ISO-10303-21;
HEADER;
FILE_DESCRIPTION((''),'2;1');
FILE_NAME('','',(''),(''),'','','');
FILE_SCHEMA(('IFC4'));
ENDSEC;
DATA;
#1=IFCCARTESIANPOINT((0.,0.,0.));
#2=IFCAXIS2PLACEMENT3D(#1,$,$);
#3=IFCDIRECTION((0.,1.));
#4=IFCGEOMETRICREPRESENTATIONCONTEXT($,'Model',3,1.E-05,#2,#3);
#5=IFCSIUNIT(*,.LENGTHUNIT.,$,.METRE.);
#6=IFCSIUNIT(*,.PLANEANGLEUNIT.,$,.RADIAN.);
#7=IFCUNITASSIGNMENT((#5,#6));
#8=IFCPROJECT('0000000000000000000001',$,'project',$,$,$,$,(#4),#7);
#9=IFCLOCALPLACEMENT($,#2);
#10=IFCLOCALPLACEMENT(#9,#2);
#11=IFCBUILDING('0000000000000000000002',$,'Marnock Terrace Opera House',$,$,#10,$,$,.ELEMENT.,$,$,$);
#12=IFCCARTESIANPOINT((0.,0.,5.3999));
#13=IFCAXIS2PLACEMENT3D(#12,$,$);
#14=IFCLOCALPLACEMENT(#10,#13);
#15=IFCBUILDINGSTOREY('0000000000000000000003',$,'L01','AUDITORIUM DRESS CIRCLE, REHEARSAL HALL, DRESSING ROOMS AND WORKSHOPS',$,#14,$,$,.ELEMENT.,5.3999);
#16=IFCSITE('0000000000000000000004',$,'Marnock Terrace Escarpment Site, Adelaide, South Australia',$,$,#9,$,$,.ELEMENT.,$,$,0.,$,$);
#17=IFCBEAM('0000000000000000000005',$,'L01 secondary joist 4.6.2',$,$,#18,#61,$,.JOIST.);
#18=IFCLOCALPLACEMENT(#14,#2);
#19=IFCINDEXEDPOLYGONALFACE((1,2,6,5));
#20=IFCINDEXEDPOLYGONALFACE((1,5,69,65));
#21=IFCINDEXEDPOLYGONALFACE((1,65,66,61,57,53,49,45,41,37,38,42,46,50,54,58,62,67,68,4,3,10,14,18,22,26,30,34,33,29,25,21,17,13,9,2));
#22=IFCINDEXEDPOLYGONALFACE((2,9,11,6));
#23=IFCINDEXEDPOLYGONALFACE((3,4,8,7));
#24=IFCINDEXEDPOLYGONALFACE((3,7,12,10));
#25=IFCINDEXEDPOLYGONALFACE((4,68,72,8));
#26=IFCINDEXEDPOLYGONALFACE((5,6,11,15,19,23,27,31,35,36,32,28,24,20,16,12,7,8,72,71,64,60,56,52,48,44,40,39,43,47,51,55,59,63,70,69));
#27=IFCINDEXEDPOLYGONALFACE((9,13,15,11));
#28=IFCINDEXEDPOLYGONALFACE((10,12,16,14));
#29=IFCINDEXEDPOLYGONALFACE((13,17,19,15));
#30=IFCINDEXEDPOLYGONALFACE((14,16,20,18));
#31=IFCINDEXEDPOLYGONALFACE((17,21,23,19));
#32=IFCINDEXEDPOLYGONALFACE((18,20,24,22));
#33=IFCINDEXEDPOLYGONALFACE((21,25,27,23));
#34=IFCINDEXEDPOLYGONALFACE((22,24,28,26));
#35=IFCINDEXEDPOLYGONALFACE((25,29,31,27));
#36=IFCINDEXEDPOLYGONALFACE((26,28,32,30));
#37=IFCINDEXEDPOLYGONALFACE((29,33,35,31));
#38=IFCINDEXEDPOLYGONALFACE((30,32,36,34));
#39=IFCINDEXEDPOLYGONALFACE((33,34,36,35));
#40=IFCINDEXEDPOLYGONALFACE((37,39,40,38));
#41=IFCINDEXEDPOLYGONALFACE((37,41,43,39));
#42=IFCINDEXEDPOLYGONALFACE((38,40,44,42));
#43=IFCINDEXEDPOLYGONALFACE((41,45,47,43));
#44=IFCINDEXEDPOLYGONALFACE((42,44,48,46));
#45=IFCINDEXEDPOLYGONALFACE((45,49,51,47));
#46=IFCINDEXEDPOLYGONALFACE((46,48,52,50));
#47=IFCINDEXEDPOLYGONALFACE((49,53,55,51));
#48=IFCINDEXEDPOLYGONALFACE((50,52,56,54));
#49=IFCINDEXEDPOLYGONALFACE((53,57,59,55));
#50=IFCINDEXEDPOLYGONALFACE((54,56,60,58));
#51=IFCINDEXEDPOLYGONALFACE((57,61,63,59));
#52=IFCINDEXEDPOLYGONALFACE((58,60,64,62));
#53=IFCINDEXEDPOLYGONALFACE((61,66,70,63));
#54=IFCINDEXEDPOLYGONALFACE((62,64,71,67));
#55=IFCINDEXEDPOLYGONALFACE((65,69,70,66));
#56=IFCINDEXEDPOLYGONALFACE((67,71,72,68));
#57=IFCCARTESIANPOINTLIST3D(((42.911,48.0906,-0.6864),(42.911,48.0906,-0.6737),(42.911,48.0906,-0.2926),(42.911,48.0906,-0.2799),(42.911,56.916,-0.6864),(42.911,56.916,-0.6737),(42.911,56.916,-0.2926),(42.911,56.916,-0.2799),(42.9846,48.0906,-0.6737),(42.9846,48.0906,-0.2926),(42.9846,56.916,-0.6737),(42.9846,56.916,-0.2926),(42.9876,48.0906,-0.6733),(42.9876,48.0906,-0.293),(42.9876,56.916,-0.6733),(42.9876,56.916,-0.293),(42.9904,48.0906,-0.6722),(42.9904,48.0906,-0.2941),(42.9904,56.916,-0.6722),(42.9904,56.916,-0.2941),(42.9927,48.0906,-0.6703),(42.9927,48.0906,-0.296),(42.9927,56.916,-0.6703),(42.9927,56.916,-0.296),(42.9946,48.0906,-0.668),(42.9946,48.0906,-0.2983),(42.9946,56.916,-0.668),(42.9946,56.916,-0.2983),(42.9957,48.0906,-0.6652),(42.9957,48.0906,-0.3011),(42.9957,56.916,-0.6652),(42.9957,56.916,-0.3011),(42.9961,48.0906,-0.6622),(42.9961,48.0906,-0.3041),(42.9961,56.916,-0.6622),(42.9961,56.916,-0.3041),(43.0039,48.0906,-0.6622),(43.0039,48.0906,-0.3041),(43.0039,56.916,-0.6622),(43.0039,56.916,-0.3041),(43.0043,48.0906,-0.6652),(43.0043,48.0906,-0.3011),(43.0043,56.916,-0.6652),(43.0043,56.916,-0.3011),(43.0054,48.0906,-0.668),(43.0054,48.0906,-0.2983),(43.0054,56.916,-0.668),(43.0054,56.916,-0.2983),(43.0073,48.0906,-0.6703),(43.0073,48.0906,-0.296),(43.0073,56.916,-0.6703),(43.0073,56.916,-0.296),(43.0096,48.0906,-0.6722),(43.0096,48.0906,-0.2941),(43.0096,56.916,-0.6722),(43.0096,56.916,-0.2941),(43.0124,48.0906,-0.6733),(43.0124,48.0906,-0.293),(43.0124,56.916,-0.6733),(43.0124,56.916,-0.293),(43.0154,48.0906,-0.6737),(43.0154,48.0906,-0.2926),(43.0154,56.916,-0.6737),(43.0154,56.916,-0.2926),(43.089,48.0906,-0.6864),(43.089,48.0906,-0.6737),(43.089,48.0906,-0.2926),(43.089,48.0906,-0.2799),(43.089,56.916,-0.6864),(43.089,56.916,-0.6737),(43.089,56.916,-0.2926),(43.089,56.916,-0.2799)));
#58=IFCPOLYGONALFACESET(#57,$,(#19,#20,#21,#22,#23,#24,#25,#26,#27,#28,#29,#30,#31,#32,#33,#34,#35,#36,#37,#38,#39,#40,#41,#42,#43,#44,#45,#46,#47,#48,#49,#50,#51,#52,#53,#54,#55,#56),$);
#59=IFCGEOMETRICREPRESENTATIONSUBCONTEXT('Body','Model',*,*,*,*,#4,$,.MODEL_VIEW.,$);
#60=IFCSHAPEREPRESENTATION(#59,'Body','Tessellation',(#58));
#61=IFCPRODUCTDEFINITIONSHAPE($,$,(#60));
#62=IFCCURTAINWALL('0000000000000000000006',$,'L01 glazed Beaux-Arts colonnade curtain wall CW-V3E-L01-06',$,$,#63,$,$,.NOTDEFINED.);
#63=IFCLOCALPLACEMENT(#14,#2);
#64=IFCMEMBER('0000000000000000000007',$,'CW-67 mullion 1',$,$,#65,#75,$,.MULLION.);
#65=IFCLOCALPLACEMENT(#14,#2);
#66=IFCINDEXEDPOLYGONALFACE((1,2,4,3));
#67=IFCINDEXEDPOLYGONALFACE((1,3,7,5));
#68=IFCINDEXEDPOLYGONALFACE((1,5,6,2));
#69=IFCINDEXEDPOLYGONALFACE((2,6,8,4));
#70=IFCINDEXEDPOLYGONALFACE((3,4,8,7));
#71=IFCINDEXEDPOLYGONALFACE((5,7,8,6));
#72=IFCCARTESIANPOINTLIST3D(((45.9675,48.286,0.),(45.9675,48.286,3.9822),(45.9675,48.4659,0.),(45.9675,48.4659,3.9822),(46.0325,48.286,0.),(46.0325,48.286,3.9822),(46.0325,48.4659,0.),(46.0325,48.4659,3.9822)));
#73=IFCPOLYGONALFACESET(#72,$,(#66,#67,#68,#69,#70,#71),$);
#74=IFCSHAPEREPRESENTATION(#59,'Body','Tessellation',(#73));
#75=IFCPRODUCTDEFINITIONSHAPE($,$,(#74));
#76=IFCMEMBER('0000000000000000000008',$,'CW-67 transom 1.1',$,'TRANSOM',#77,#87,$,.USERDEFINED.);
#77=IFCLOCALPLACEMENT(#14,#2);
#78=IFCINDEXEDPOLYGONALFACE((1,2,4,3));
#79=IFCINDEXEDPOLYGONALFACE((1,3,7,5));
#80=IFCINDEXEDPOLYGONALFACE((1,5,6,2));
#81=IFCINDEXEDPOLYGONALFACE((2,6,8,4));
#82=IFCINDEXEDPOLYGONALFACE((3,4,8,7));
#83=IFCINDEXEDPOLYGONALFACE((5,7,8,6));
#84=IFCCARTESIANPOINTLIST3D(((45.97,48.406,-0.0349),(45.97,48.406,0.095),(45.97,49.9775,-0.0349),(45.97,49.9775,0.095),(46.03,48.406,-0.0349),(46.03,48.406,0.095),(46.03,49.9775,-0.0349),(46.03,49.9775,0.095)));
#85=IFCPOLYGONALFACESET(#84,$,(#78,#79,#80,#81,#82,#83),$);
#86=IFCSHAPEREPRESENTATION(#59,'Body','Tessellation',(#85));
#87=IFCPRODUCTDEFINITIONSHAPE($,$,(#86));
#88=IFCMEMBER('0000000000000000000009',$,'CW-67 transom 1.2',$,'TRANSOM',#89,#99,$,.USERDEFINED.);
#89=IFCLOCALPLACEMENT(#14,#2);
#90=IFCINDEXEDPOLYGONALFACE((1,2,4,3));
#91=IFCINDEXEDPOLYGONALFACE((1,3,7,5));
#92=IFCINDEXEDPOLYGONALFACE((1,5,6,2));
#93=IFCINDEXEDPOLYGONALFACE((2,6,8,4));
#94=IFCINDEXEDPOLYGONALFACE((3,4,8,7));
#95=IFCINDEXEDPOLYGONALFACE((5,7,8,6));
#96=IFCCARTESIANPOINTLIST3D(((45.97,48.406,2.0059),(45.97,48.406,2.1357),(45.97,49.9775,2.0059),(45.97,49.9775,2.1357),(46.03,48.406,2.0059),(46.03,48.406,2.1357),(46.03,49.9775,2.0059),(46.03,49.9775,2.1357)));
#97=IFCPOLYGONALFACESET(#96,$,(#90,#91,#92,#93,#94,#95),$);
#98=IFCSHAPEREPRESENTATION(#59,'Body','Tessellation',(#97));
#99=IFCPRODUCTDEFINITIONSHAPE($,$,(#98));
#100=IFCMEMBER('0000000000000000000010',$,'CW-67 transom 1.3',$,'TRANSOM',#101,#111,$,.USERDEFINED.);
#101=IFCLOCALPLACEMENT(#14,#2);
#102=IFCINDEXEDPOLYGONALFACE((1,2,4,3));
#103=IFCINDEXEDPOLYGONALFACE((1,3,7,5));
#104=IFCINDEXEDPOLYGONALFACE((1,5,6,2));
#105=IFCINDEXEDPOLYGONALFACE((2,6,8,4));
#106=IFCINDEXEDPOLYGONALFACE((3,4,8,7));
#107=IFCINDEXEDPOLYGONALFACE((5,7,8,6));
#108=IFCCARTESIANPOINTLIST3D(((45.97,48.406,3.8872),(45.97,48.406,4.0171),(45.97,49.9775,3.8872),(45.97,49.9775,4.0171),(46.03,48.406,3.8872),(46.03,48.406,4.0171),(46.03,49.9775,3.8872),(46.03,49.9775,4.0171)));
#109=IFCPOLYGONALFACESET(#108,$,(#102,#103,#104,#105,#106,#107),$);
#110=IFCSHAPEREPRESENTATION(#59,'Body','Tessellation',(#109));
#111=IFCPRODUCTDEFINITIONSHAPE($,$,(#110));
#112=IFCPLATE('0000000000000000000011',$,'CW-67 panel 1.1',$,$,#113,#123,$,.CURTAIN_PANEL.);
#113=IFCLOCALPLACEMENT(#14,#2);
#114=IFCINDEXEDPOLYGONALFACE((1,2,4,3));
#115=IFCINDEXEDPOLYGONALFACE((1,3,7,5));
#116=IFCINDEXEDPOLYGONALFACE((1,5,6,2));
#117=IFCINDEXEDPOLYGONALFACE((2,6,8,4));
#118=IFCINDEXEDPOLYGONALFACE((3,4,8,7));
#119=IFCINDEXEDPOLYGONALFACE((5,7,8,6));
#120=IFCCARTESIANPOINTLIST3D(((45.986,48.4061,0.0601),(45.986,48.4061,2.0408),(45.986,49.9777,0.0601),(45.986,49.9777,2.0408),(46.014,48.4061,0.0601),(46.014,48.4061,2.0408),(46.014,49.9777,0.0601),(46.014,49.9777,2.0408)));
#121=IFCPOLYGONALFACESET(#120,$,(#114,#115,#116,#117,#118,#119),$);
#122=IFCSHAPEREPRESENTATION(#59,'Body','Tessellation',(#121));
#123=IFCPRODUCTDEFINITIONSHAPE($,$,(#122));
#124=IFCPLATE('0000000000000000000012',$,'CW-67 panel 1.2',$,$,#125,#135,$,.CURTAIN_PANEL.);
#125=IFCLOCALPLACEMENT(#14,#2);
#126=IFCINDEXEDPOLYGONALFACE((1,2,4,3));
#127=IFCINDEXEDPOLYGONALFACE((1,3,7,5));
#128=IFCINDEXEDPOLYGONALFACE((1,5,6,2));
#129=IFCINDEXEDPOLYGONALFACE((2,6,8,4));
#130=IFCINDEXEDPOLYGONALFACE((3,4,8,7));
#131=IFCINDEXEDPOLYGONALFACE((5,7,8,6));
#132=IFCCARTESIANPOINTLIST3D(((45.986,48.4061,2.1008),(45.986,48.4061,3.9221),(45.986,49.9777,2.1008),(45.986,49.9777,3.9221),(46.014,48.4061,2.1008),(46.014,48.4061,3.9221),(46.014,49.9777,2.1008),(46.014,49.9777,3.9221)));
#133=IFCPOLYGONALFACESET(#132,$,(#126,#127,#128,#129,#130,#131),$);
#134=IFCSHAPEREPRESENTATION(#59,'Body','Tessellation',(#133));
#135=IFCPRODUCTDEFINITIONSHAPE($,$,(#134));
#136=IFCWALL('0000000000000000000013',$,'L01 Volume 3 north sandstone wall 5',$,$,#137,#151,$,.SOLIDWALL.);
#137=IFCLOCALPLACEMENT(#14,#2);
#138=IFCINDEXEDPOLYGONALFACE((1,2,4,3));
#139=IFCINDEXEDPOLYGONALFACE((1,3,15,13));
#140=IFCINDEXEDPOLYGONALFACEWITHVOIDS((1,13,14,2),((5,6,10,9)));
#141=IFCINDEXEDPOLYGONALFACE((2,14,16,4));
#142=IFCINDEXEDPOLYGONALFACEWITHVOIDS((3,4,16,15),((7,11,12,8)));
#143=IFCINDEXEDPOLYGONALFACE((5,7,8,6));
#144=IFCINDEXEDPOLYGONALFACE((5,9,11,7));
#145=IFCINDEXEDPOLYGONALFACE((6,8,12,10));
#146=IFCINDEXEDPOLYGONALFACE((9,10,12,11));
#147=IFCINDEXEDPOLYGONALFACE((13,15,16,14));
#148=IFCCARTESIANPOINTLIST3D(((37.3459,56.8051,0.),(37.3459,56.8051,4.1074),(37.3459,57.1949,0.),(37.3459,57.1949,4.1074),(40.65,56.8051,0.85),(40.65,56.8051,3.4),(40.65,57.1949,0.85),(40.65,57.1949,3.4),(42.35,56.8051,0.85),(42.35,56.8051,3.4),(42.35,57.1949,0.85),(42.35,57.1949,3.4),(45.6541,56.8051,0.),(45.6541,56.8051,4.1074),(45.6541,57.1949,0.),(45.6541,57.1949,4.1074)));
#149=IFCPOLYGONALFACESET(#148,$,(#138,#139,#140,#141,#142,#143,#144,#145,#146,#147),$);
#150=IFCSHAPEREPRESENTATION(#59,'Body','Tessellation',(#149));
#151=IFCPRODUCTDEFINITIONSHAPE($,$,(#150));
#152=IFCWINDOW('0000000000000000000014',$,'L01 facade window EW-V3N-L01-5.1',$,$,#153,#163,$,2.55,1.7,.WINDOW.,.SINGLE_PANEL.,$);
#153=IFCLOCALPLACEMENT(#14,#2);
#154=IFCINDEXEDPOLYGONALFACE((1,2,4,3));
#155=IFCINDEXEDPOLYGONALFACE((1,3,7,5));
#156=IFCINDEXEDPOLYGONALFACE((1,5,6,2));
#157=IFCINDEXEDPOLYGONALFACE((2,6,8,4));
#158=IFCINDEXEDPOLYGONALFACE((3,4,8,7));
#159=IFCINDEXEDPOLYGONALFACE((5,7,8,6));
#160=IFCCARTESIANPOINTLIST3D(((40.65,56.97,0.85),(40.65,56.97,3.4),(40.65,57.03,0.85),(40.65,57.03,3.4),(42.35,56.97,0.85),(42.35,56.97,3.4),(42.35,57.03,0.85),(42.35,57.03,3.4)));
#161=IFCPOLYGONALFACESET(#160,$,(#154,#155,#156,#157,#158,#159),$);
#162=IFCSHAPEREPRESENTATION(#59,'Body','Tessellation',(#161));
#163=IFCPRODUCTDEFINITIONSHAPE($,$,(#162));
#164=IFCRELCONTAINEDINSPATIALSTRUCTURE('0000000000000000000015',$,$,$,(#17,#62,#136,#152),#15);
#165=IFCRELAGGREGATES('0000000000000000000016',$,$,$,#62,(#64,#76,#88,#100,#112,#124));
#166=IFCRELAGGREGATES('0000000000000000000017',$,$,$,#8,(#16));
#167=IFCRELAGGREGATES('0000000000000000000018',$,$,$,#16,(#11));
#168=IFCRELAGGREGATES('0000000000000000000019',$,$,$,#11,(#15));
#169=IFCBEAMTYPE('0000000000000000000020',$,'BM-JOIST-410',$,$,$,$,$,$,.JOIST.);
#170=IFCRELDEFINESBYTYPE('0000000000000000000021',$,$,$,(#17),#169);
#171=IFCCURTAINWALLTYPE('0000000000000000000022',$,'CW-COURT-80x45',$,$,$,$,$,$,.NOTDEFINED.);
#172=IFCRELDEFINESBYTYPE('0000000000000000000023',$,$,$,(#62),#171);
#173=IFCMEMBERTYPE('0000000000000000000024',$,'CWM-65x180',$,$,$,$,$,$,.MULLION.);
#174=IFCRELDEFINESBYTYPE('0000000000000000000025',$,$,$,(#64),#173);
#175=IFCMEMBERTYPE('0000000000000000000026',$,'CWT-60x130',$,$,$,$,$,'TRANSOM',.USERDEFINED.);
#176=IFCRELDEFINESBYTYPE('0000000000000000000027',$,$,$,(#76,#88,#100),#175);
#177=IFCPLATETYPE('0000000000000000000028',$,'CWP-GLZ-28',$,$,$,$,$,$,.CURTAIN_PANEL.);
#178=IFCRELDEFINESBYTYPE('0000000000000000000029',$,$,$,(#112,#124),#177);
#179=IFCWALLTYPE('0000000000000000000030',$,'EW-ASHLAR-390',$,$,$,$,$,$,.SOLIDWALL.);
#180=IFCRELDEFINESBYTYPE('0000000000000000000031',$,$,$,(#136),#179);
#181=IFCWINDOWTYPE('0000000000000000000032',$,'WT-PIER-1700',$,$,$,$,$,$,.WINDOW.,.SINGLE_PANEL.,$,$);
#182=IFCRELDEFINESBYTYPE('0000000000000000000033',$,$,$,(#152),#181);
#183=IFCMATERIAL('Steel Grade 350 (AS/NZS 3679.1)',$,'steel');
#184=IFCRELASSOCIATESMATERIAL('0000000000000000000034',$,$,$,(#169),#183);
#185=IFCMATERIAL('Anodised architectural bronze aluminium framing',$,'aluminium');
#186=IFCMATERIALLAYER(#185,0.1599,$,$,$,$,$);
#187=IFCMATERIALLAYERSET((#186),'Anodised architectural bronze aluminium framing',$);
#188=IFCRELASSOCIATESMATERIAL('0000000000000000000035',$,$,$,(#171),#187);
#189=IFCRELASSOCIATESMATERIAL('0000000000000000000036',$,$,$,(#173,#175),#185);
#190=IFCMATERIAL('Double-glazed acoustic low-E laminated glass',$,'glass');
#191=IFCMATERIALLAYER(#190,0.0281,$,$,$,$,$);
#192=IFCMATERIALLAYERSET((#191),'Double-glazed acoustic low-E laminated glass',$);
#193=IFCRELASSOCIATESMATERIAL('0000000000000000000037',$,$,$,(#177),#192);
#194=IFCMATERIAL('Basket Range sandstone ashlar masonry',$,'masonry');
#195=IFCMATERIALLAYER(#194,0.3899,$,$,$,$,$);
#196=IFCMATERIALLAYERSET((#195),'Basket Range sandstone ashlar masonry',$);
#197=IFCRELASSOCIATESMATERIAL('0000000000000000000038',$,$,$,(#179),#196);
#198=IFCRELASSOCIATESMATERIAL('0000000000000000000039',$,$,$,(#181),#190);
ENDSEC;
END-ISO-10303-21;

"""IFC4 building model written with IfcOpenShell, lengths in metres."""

from ifc_helpers import new_model, si_unit, direction, frame, frame_2d, origin, origin_2d, place, context, subcontext, project, spatial, rectangle, i_section, extrude, material, layer, layer_set, material_profile, profile_set, type_object, element, fill, aggregate, save


model = new_model("IFC4")

# Units and contexts
model_context = context("Model", 3, precision=1e-05, world=origin(), true_north=direction((0.0, 1.0)))
body_context = subcontext(model_context, "Body", "Model", "MODEL_VIEW")
ifc_project = project(units=[si_unit("LENGTHUNIT", "METRE"), si_unit("PLANEANGLEUNIT", "RADIAN")], contexts=[model_context])

# Site, building, storey
site_placement = place(None, origin())
site = spatial("IfcSite", under=ifc_project, at=site_placement, Name="Marnock Terrace Escarpment Site, Adelaide, South Australia", CompositionType="ELEMENT", RefElevation=0.0)
building_placement = place(site_placement, origin())
building = spatial("IfcBuilding", under=site, at=building_placement, Name="Marnock Terrace Opera House", CompositionType="ELEMENT")
storey_placement = place(building_placement, frame((0.0, 0.0, 5.3999)))
storey = spatial("IfcBuildingStorey", under=building, at=storey_placement, Name="L01", Description="AUDITORIUM DRESS CIRCLE, REHEARSAL HALL, DRESSING ROOMS AND WORKSHOPS", CompositionType="ELEMENT", Elevation=5.3999)

# Beam
ifc_material_1 = material(Name="Steel Grade 350 (AS/NZS 3679.1)", Category="steel")
ifc_material_profile_1 = material_profile(ifc_material_1, i_section(OverallWidth=0.178, OverallDepth=0.4065, WebThickness=0.0078, FlangeThickness=0.0127, FilletRadius=0.0115, at=origin_2d()))
ifc_profile_set_1 = profile_set([ifc_material_profile_1], Name="Steel Grade 350 (AS/NZS 3679.1)")
beam_type_1 = type_object("IfcBeamType", Name="BM-JOIST-410", PredefinedType="JOIST", material=ifc_profile_set_1)
for number, where, z_axis, x_axis, name in (
    (1, (43.0, 48.0906, -0.4832), (0.0, 1.0, 0.0), (-1.0, 0.0, 0.0), "L01 secondary joist 4.6.2"),
):
    element("IfcBeam", number, at=place(storey_placement, frame(where, z_axis=z_axis, x_axis=x_axis)), inside=storey, type_object=beam_type_1, Name=name, PredefinedType="JOIST", context=body_context, shape_type="SweptSolid", body=[
        extrude(i_section(OverallWidth=0.178, OverallDepth=0.4065, WebThickness=0.0078, FlangeThickness=0.0127, FilletRadius=0.0115, at=origin_2d()), origin(), (0.0, 0.0, 1.0), 8.8254),
    ])

# Curtain wall, members, plates
ifc_material_2 = material(Name="Anodised architectural bronze aluminium framing", Category="aluminium")
ifc_layer_1 = layer(ifc_material_2, 0.1599)
ifc_layer_set_1 = layer_set([ifc_layer_1], Name="Anodised architectural bronze aluminium framing")
curtain_wall_type = type_object("IfcCurtainWallType", Name="CW-COURT-80x45", PredefinedType="NOTDEFINED", material=ifc_layer_set_1)
curtain_wall_placement = place(storey_placement, origin())
curtain_wall = element("IfcCurtainWall", 2, at=curtain_wall_placement, inside=storey, type_object=curtain_wall_type, Name="L01 glazed Beaux-Arts colonnade curtain wall CW-V3E-L01-06", PredefinedType="NOTDEFINED")
ifc_material_profile_2 = material_profile(ifc_material_2, rectangle(XDim=0.0649, YDim=0.1799, at=origin_2d()))
ifc_profile_set_2 = profile_set([ifc_material_profile_2], Name="Anodised architectural bronze aluminium framing")
member_type_1 = type_object("IfcMemberType", Name="CWM-65x180", PredefinedType="MULLION", material=ifc_profile_set_2)
member_1_placement = place(storey_placement, frame((46.0, 48.376, 0.0), z_axis=(0.0, 0.0, 1.0), x_axis=(-1.0, 0.0, 0.0)))
member_1 = element("IfcMember", 3, at=member_1_placement, type_object=member_type_1, Name="CW-67 mullion 1", PredefinedType="MULLION", context=body_context, shape_type="SweptSolid", body=[
    extrude(rectangle(XDim=0.0649, YDim=0.1799, at=origin_2d()), origin(), (0.0, 0.0, 1.0), 3.9822),
])
ifc_material_profile_3 = material_profile(ifc_material_2, rectangle(XDim=0.0601, YDim=0.1299, at=origin_2d()))
ifc_profile_set_3 = profile_set([ifc_material_profile_3], Name="Anodised architectural bronze aluminium framing")
member_type_2 = type_object("IfcMemberType", Name="CWT-60x130", ElementType="TRANSOM", PredefinedType="USERDEFINED", material=ifc_profile_set_3)
member_2_placement = place(storey_placement, frame((46.0, 48.406, 0.03), z_axis=(0.0, 1.0, 0.0), x_axis=(-1.0, 0.0, 0.0)))
member_2 = element("IfcMember", 4, at=member_2_placement, type_object=member_type_2, Name="CW-67 transom 1.1", ObjectType="TRANSOM", PredefinedType="USERDEFINED", context=body_context, shape_type="SweptSolid", body=[
    extrude(rectangle(XDim=0.0601, YDim=0.1299, at=origin_2d()), origin(), (0.0, 0.0, 1.0), 1.5715),
])
member_3_placement = place(storey_placement, frame((46.0, 48.406, 2.0708), z_axis=(0.0, 1.0, 0.0), x_axis=(-1.0, 0.0, 0.0)))
member_3 = element("IfcMember", 5, at=member_3_placement, type_object=member_type_2, Name="CW-67 transom 1.2", ObjectType="TRANSOM", PredefinedType="USERDEFINED", context=body_context, shape_type="SweptSolid", body=[
    extrude(rectangle(XDim=0.0601, YDim=0.1299, at=origin_2d()), origin(), (0.0, 0.0, 1.0), 1.5715),
])
member_4_placement = place(storey_placement, frame((46.0, 48.406, 3.9521), z_axis=(0.0, 1.0, 0.0), x_axis=(-1.0, 0.0, 0.0)))
member_4 = element("IfcMember", 6, at=member_4_placement, type_object=member_type_2, Name="CW-67 transom 1.3", ObjectType="TRANSOM", PredefinedType="USERDEFINED", context=body_context, shape_type="SweptSolid", body=[
    extrude(rectangle(XDim=0.0601, YDim=0.1299, at=origin_2d()), origin(), (0.0, 0.0, 1.0), 1.5715),
])
ifc_material_3 = material(Name="Double-glazed acoustic low-E laminated glass", Category="glass")
ifc_layer_2 = layer(ifc_material_3, 0.0281)
ifc_layer_set_2 = layer_set([ifc_layer_2], Name="Double-glazed acoustic low-E laminated glass")
plate_type = type_object("IfcPlateType", Name="CWP-GLZ-28", PredefinedType="CURTAIN_PANEL", material=ifc_layer_set_2)
plate_1_placement = place(storey_placement, frame((46.0, 49.1919, 0.0601), z_axis=(0.0, 0.0, 1.0), x_axis=(0.0, 1.0, 0.0)))
plate_1 = element("IfcPlate", 7, at=plate_1_placement, type_object=plate_type, Name="CW-67 panel 1.1", PredefinedType="CURTAIN_PANEL", context=body_context, shape_type="SweptSolid", body=[
    extrude(rectangle(XDim=1.5715, YDim=0.0281, at=origin_2d()), origin(), (0.0, 0.0, 1.0), 1.9807),
])
plate_2_placement = place(storey_placement, frame((46.0, 49.1919, 2.1008), z_axis=(0.0, 0.0, 1.0), x_axis=(0.0, 1.0, 0.0)))
plate_2 = element("IfcPlate", 8, at=plate_2_placement, type_object=plate_type, Name="CW-67 panel 1.2", PredefinedType="CURTAIN_PANEL", context=body_context, shape_type="SweptSolid", body=[
    extrude(rectangle(XDim=1.5715, YDim=0.0281, at=origin_2d()), origin(), (0.0, 0.0, 1.0), 1.8213),
])
aggregate(curtain_wall, [member_1, member_2, member_3, member_4, plate_1, plate_2])

# Wall, opening, window
ifc_material_4 = material(Name="Basket Range sandstone ashlar masonry", Category="masonry")
ifc_layer_3 = layer(ifc_material_4, 0.3899)
ifc_layer_set_3 = layer_set([ifc_layer_3], Name="Basket Range sandstone ashlar masonry")
wall_type = type_object("IfcWallType", Name="EW-ASHLAR-390", PredefinedType="SOLIDWALL", material=ifc_layer_set_3)
wall_placement = place(storey_placement, frame((37.3459, 57.0, 0.0), z_axis=(0.0, 0.0, 1.0), x_axis=(1.0, 0.0, 0.0)))
wall = element("IfcWall", 9, at=wall_placement, inside=storey, type_object=wall_type, Name="L01 Volume 3 north sandstone wall 5", PredefinedType="SOLIDWALL", context=body_context, shape_type="SweptSolid", body=[
    extrude(rectangle(XDim=8.3081, YDim=0.3899, at=frame_2d((4.1541, 0.0))), origin(), (0.0, 0.0, 1.0), 4.1074),
])
opening_placement = place(wall_placement, frame((3.304, 0.0, 0.8501)))
opening = element("IfcOpeningElement", 10, at=opening_placement, cuts=wall, PredefinedType="OPENING", context=body_context, shape_type="SweptSolid", body=[
    extrude(rectangle(XDim=1.7, YDim=2.55, at=frame_2d((0.8501, 1.2749))), frame((0.0, 0.2048, 0.0), z_axis=(0.0, -1.0, 0.0), x_axis=(1.0, 0.0, 0.0)), (0.0, 0.0, 1.0), 0.4099),
])
window_type = type_object("IfcWindowType", Name="WT-PIER-1700", PartitioningType="SINGLE_PANEL", PredefinedType="WINDOW", material=ifc_material_3)
window_placement = place(opening_placement, origin())
window = element("IfcWindow", 11, at=window_placement, inside=storey, type_object=window_type, Name="L01 facade window EW-V3N-L01-5.1", OverallHeight=2.55, OverallWidth=1.7, PartitioningType="SINGLE_PANEL", PredefinedType="WINDOW", context=body_context, shape_type="SweptSolid", body=[
    extrude(rectangle(XDim=1.7, YDim=2.55, at=frame_2d((0.8501, 1.2749))), frame((0.0, 0.03, 0.0), z_axis=(0.0, -1.0, 0.0), x_axis=(1.0, 0.0, 0.0)), (0.0, 0.0, 1.0), 0.0601),
])
fill(opening, window)

save(model, "model.ifc")
